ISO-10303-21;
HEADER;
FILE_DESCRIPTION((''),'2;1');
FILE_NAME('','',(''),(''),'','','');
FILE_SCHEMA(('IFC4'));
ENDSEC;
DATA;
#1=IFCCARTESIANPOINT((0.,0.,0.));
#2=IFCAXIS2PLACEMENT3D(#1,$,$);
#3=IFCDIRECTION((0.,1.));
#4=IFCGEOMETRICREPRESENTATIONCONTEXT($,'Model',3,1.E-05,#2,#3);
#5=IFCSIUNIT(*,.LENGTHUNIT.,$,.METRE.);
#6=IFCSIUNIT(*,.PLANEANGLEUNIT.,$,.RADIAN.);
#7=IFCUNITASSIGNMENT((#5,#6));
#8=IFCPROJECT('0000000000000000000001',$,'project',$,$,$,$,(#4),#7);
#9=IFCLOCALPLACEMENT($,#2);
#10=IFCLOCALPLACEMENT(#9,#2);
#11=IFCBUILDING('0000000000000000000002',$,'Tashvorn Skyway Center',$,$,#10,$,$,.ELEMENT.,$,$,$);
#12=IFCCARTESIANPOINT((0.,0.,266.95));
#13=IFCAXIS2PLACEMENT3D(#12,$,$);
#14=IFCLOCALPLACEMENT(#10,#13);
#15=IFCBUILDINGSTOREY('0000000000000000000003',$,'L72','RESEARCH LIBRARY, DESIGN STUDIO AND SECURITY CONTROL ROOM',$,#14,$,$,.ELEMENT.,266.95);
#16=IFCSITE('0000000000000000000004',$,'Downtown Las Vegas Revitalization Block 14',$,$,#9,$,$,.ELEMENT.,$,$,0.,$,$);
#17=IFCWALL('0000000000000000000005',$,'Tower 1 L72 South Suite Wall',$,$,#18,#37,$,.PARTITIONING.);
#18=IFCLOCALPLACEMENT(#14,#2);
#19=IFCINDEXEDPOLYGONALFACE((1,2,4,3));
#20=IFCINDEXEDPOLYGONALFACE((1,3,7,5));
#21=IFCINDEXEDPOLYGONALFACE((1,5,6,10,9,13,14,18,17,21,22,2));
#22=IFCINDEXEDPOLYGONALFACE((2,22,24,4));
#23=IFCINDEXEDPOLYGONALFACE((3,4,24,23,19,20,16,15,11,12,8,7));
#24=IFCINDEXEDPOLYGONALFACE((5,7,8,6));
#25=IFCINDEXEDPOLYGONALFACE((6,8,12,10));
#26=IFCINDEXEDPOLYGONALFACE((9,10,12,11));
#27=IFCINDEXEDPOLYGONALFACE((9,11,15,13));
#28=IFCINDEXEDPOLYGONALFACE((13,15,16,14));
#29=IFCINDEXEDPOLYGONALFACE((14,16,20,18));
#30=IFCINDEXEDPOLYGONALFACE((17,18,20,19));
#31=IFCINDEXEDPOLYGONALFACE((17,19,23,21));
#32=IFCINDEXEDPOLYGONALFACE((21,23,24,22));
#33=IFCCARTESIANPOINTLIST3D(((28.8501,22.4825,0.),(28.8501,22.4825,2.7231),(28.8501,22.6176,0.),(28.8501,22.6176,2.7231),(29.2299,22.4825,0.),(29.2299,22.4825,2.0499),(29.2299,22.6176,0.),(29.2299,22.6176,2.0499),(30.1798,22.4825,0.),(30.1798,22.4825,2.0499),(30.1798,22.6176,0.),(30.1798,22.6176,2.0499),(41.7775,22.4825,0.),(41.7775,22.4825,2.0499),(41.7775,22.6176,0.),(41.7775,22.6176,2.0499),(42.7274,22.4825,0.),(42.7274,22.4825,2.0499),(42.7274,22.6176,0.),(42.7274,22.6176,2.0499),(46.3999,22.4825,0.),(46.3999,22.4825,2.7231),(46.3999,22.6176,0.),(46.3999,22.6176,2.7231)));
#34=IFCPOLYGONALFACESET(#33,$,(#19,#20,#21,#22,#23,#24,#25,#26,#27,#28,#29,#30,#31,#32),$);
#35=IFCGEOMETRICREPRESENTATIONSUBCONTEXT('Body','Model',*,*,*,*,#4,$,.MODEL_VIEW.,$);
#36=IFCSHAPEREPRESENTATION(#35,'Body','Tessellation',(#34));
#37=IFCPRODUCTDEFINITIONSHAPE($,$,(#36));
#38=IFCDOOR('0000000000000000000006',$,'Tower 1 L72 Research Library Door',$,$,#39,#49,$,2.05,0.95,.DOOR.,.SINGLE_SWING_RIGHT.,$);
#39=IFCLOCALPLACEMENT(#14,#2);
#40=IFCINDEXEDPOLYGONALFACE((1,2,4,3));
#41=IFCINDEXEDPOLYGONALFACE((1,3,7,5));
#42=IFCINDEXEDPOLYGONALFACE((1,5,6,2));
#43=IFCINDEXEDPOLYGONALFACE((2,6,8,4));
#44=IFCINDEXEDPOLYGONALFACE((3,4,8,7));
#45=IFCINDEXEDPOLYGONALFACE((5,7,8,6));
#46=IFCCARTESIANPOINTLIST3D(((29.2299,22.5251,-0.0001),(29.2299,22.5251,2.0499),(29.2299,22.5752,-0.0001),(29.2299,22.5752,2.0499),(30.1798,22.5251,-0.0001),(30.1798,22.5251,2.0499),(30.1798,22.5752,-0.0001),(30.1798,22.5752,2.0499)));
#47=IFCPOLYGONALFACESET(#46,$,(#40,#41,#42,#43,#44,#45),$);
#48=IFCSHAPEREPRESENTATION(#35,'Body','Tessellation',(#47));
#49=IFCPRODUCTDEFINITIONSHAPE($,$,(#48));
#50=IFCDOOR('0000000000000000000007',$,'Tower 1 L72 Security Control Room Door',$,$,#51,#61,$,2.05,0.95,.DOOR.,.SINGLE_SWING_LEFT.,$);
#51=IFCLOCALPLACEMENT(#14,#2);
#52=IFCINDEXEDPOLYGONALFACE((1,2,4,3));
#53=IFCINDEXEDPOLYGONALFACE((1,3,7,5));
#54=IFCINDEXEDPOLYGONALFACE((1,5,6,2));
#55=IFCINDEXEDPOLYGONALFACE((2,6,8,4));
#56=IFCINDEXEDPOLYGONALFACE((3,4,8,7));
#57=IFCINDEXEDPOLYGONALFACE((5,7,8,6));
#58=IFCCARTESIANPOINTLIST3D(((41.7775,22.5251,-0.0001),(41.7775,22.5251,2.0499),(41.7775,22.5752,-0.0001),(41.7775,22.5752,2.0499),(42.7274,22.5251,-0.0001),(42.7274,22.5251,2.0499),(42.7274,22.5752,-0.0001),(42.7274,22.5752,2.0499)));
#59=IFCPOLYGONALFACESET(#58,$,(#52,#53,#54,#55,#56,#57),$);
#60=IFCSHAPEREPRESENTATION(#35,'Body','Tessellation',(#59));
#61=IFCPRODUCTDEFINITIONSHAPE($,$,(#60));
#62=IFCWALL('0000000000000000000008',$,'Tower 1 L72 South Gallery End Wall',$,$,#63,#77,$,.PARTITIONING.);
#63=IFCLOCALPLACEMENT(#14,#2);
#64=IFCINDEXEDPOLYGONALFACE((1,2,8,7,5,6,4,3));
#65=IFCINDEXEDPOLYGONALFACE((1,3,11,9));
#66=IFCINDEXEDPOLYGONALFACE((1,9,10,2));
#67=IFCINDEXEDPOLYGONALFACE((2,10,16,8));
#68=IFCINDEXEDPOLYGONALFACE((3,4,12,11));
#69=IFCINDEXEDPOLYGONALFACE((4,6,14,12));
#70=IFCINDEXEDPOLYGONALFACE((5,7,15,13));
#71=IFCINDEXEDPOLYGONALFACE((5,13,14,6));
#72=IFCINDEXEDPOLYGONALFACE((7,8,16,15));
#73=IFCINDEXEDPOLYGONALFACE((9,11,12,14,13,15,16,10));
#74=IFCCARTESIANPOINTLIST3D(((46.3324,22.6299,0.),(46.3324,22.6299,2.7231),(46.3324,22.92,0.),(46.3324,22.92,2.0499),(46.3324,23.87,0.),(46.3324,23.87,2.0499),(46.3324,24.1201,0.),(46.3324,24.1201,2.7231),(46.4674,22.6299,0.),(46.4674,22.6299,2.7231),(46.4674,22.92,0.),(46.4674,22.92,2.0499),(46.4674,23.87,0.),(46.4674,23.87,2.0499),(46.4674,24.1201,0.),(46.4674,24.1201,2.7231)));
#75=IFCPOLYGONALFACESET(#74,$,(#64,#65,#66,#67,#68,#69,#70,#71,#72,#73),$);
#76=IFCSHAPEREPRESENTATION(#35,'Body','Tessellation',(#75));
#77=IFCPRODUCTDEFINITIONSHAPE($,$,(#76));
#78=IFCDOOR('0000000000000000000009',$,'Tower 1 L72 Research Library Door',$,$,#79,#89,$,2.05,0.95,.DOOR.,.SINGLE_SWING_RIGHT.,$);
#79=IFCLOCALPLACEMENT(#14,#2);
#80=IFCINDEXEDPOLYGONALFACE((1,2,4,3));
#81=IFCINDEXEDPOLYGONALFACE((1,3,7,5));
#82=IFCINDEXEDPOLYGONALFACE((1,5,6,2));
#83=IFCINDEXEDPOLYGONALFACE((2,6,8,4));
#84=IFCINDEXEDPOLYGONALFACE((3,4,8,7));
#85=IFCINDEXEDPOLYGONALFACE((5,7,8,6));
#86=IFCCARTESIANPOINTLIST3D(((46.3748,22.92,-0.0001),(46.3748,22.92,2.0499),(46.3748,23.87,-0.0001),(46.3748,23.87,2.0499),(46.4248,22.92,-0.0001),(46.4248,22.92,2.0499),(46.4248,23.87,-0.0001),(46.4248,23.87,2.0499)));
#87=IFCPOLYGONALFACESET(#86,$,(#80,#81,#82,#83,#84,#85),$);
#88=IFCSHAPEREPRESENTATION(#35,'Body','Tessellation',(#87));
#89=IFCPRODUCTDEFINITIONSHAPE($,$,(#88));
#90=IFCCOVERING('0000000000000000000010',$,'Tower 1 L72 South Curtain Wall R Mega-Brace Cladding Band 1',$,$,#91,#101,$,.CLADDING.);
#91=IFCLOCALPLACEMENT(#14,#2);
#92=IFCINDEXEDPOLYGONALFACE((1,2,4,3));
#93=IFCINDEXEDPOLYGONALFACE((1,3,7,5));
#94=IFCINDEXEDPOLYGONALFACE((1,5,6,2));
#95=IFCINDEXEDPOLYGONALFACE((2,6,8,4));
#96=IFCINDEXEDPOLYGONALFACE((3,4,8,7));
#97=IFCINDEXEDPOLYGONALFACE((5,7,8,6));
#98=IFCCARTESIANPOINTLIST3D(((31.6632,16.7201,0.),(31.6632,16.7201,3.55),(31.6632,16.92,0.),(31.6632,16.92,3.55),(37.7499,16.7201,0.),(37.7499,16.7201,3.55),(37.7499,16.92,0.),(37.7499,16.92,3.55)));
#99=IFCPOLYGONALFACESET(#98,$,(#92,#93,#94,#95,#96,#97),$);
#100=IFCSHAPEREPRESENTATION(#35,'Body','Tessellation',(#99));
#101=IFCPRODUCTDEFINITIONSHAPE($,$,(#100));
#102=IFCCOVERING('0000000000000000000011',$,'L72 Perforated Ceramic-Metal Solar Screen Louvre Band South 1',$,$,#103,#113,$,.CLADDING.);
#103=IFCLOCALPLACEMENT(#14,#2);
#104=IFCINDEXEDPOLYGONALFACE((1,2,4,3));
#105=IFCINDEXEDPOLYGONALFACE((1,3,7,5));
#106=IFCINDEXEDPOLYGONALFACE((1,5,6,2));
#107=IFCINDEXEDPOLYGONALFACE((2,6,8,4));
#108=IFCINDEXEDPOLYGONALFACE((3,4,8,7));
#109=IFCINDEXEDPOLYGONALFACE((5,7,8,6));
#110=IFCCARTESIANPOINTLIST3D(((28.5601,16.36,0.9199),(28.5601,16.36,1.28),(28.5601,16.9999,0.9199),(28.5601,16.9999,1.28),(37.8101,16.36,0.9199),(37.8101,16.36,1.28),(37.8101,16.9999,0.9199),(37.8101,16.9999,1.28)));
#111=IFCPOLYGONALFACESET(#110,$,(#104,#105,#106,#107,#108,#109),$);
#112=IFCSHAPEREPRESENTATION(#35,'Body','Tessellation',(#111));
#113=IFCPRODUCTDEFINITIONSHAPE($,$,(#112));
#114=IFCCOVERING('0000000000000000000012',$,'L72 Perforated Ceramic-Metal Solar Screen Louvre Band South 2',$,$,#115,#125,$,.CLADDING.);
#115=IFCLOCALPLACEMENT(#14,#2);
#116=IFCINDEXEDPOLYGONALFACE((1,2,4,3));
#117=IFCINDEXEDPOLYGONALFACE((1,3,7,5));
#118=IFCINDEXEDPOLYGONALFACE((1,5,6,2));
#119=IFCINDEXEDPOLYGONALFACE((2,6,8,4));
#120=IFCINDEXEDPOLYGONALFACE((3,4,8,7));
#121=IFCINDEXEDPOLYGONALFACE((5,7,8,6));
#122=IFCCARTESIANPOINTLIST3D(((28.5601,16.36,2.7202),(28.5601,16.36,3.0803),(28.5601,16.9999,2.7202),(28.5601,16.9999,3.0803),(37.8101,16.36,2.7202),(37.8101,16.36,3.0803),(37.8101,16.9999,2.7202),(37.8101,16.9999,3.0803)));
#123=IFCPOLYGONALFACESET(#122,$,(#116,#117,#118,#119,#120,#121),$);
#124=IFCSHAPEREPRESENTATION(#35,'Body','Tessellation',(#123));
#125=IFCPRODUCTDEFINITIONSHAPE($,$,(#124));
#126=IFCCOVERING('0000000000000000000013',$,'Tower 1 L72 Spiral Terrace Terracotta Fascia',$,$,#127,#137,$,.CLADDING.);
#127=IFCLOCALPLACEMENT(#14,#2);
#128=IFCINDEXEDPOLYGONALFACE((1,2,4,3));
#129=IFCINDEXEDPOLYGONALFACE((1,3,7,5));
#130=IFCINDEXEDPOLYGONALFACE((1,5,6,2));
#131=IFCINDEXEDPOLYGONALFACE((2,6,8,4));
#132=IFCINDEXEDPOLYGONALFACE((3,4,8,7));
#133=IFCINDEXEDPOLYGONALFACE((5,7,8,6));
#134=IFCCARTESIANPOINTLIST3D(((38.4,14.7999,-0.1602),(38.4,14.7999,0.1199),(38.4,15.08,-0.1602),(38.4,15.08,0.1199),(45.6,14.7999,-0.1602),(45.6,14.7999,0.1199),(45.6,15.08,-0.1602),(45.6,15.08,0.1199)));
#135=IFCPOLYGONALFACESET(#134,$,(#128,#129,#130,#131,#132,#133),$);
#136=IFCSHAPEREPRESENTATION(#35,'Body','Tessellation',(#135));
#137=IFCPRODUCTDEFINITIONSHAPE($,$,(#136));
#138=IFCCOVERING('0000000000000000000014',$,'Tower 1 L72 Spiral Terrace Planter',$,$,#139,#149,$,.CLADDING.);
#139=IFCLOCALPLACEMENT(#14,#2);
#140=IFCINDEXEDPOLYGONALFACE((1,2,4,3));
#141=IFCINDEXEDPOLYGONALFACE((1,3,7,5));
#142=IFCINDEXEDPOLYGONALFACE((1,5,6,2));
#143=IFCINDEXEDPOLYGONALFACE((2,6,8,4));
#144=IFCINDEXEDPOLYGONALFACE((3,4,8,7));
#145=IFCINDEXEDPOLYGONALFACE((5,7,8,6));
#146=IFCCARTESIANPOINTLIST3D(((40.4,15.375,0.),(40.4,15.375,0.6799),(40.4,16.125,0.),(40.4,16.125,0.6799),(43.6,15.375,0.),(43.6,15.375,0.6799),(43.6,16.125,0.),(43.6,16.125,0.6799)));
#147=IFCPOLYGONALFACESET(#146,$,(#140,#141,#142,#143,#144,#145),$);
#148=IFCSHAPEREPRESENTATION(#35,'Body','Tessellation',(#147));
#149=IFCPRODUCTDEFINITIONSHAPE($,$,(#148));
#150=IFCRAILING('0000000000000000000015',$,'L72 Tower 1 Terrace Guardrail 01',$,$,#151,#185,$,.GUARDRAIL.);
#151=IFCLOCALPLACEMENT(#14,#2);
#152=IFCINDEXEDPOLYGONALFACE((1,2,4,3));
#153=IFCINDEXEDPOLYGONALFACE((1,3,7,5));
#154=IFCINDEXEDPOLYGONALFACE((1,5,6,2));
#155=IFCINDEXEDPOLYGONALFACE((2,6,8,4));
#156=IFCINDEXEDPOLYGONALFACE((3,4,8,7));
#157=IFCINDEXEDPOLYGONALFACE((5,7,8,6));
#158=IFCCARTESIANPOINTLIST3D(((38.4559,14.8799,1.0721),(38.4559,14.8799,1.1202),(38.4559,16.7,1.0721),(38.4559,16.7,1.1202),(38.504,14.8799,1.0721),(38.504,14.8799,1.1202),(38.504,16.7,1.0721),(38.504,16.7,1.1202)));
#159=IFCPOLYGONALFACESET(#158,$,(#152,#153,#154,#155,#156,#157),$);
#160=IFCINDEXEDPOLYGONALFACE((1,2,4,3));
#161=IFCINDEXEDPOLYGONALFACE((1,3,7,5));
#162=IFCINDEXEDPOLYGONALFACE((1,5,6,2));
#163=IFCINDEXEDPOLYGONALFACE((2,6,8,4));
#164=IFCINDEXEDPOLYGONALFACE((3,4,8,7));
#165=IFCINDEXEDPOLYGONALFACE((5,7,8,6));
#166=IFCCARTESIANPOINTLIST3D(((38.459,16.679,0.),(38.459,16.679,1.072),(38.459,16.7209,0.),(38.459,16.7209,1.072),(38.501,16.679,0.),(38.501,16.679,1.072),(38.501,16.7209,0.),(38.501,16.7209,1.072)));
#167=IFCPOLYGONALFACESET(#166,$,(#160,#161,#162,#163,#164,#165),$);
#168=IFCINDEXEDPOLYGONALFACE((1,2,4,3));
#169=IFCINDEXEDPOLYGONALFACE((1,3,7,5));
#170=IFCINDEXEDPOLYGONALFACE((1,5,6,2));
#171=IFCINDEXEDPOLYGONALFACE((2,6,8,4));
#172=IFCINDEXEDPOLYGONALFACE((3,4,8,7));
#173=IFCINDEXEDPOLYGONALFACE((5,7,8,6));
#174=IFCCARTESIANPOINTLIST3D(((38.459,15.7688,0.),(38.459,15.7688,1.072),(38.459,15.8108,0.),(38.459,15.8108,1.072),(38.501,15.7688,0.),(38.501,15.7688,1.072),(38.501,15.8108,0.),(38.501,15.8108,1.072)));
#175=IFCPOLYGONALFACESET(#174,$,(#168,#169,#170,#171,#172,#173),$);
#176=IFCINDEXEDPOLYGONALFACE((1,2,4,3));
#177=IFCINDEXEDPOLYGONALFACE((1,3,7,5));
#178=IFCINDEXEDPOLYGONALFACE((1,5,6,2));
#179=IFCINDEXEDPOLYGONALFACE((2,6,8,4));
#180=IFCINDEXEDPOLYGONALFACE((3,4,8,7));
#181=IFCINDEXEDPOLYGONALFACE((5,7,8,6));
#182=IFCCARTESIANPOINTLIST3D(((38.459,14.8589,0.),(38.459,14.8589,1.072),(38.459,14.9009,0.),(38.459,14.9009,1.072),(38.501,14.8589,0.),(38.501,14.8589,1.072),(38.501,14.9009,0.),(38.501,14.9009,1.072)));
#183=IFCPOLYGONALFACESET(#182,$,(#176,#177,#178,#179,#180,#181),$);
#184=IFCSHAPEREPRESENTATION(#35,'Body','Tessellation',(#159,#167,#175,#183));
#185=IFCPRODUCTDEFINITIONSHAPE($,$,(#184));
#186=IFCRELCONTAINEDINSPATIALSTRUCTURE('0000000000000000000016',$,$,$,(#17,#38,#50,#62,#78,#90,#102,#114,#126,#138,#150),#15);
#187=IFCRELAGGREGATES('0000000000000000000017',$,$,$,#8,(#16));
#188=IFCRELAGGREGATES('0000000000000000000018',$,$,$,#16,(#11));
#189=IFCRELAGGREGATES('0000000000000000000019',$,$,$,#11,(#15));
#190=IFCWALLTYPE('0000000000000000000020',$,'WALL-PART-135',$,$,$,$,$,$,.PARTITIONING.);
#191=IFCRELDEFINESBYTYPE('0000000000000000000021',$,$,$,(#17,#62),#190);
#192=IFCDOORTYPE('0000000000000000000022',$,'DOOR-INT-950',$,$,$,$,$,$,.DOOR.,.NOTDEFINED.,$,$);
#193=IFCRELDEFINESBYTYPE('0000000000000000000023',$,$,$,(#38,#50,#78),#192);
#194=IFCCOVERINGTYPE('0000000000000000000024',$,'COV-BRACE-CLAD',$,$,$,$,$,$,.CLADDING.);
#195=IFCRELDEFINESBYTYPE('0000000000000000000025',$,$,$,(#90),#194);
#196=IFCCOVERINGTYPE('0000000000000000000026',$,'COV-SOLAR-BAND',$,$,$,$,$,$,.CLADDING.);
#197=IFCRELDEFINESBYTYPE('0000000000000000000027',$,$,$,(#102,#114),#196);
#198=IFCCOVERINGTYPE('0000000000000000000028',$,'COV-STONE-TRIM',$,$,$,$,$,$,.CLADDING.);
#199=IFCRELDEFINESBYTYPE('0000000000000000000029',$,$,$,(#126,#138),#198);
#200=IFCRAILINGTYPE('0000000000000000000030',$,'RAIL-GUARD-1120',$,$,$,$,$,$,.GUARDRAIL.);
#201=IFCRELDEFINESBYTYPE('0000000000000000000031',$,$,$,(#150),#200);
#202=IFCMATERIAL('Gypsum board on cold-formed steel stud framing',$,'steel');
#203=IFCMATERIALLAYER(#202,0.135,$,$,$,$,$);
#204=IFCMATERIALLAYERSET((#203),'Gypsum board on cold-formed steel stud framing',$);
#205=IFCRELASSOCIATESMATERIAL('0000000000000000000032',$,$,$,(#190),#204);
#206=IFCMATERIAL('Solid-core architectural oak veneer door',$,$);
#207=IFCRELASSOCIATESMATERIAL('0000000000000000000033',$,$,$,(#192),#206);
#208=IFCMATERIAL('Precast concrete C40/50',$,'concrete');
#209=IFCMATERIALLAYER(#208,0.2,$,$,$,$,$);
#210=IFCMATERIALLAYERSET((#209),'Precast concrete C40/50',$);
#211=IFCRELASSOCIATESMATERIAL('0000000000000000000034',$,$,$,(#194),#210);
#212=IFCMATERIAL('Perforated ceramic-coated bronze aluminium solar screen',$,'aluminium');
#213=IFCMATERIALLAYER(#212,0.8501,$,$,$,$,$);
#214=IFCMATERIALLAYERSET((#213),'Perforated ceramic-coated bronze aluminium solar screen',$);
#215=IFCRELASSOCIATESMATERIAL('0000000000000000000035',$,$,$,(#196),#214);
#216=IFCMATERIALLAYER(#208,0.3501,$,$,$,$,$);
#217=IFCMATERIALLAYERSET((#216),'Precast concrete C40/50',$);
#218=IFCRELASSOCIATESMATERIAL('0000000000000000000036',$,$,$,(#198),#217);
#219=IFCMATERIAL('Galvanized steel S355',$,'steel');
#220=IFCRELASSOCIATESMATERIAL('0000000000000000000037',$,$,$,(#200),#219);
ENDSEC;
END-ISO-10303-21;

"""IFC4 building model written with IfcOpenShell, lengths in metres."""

from ifc_helpers import new_model, si_unit, direction, frame, frame_2d, origin, origin_2d, place, context, subcontext, project, spatial, rectangle, extrude, material, layer, layer_set, type_object, element, fill, save


model = new_model("IFC4")

# Units and contexts
model_context = context("Model", 3, precision=1e-05, world=origin(), true_north=direction((0.0, 1.0)))
body_context = subcontext(model_context, "Body", "Model", "MODEL_VIEW")
ifc_project = project(units=[si_unit("LENGTHUNIT", "METRE"), si_unit("PLANEANGLEUNIT", "RADIAN")], contexts=[model_context])

# Site, building, storey
site_placement = place(None, origin())
site = spatial("IfcSite", under=ifc_project, at=site_placement, Name="Downtown Las Vegas Revitalization Block 14", CompositionType="ELEMENT", RefElevation=0.0)
building_placement = place(site_placement, origin())
building = spatial("IfcBuilding", under=site, at=building_placement, Name="Tashvorn Skyway Center", CompositionType="ELEMENT")
storey_placement = place(building_placement, frame((0.0, 0.0, 266.95)))
storey = spatial("IfcBuildingStorey", under=building, at=storey_placement, Name="L72", Description="RESEARCH LIBRARY, DESIGN STUDIO AND SECURITY CONTROL ROOM", CompositionType="ELEMENT", Elevation=266.95)

# Shared definitions
ifc_material_1 = material(Name="Precast concrete C40/50", Category="concrete")

# Shared definitions
ifc_material_2 = material(Name="Gypsum board on cold-formed steel stud framing", Category="steel")

# Wall, openings, doors
ifc_layer_1 = layer(ifc_material_2, 0.135)
ifc_layer_set_1 = layer_set([ifc_layer_1], Name="Gypsum board on cold-formed steel stud framing")
wall_type_1 = type_object("IfcWallType", Name="WALL-PART-135", PredefinedType="PARTITIONING", material=ifc_layer_set_1)
wall_1_placement = place(storey_placement, frame((46.3999, 22.55, 0.0), z_axis=(0.0, 0.0, 1.0), x_axis=(-1.0, 0.0, 0.0)))
wall_1 = element("IfcWall", 1, at=wall_1_placement, inside=storey, type_object=wall_type_1, Name="Tower 1 L72 South Suite Wall", PredefinedType="PARTITIONING", context=body_context, shape_type="SweptSolid", body=[
    extrude(rectangle(XDim=17.5498, YDim=0.135, at=frame_2d((8.7749, 0.0))), origin(), (0.0, 0.0, 1.0), 2.7231),
])
opening_1_placement = place(wall_1_placement, frame((16.22, 0.0, 0.0)))
opening_1 = element("IfcOpeningElement", 2, at=opening_1_placement, cuts=wall_1, PredefinedType="OPENING", context=body_context, shape_type="SweptSolid", body=[
    extrude(rectangle(XDim=0.95, YDim=2.05, at=frame_2d((0.4751, 1.0249))), frame((0.0, 0.0774, 0.0), z_axis=(0.0, -1.0, 0.0), x_axis=(1.0, 0.0, 0.0)), (0.0, 0.0, 1.0), 0.155),
])
opening_2_placement = place(wall_1_placement, frame((3.6724, 0.0, 0.0)))
opening_2 = element("IfcOpeningElement", 3, at=opening_2_placement, cuts=wall_1, PredefinedType="OPENING", context=body_context, shape_type="SweptSolid", body=[
    extrude(rectangle(XDim=0.95, YDim=2.05, at=frame_2d((0.4751, 1.0249))), frame((0.0, 0.0774, 0.0), z_axis=(0.0, -1.0, 0.0), x_axis=(1.0, 0.0, 0.0)), (0.0, 0.0, 1.0), 0.155),
])
ifc_material_3 = material(Name="Solid-core architectural oak veneer door")
door_type_1 = type_object("IfcDoorType", Name="DOOR-INT-950", OperationType="NOTDEFINED", PredefinedType="DOOR", material=ifc_material_3)
door_1_placement = place(opening_1_placement, origin())
door_1 = element("IfcDoor", 4, at=door_1_placement, inside=storey, type_object=door_type_1, Name="Tower 1 L72 Research Library Door", OperationType="SINGLE_SWING_RIGHT", OverallHeight=2.05, OverallWidth=0.95, PredefinedType="DOOR", context=body_context, shape_type="SweptSolid", body=[
    extrude(rectangle(XDim=0.95, YDim=2.05, at=frame_2d((0.4751, 1.0249))), frame((0.0, 0.0249, 0.0), z_axis=(0.0, -1.0, 0.0), x_axis=(1.0, 0.0, 0.0)), (0.0, 0.0, 1.0), 0.05),
])
fill(opening_1, door_1)
door_2_placement = place(opening_2_placement, origin())
door_2 = element("IfcDoor", 5, at=door_2_placement, inside=storey, type_object=door_type_1, Name="Tower 1 L72 Security Control Room Door", OperationType="SINGLE_SWING_LEFT", OverallHeight=2.05, OverallWidth=0.95, PredefinedType="DOOR", context=body_context, shape_type="SweptSolid", body=[
    extrude(rectangle(XDim=0.95, YDim=2.05, at=frame_2d((0.4751, 1.0249))), frame((0.0, 0.0249, 0.0), z_axis=(0.0, -1.0, 0.0), x_axis=(1.0, 0.0, 0.0)), (0.0, 0.0, 1.0), 0.05),
])
fill(opening_2, door_2)

# Wall, opening, door
wall_2_placement = place(storey_placement, frame((46.3999, 24.1201, 0.0), z_axis=(0.0, 0.0, 1.0), x_axis=(0.0, -1.0, 0.0)))
wall_2 = element("IfcWall", 6, at=wall_2_placement, inside=storey, type_object=wall_type_1, Name="Tower 1 L72 South Gallery End Wall", PredefinedType="PARTITIONING", context=body_context, shape_type="SweptSolid", body=[
    extrude(rectangle(XDim=1.4902, YDim=0.135, at=frame_2d((0.7451, 0.0))), origin(), (0.0, 0.0, 1.0), 2.7231),
])
opening_3_placement = place(wall_2_placement, frame((0.25, 0.0, 0.0)))
opening_3 = element("IfcOpeningElement", 7, at=opening_3_placement, cuts=wall_2, PredefinedType="OPENING", context=body_context, shape_type="SweptSolid", body=[
    extrude(rectangle(XDim=0.95, YDim=2.05, at=frame_2d((0.4751, 1.0249))), frame((0.0, 0.0774, 0.0), z_axis=(0.0, -1.0, 0.0), x_axis=(1.0, 0.0, 0.0)), (0.0, 0.0, 1.0), 0.155),
])
door_3_placement = place(opening_3_placement, origin())
door_3 = element("IfcDoor", 8, at=door_3_placement, inside=storey, type_object=door_type_1, Name="Tower 1 L72 Research Library Door", OperationType="SINGLE_SWING_RIGHT", OverallHeight=2.05, OverallWidth=0.95, PredefinedType="DOOR", context=body_context, shape_type="SweptSolid", body=[
    extrude(rectangle(XDim=0.95, YDim=2.05, at=frame_2d((0.4751, 1.0249))), frame((0.0, 0.0249, 0.0), z_axis=(0.0, -1.0, 0.0), x_axis=(1.0, 0.0, 0.0)), (0.0, 0.0, 1.0), 0.05),
])
fill(opening_3, door_3)

# Coverings
ifc_layer_2 = layer(ifc_material_1, 0.2)
ifc_layer_set_2 = layer_set([ifc_layer_2], Name="Precast concrete C40/50")
covering_type_1 = type_object("IfcCoveringType", Name="COV-BRACE-CLAD", PredefinedType="CLADDING", material=ifc_layer_set_2)
covering_1_placement = place(storey_placement, frame((34.7065, 16.8201, 0.0), z_axis=(0.0, 0.0, 1.0), x_axis=(-1.0, 0.0, 0.0)))
element("IfcCovering", 9, at=covering_1_placement, inside=storey, type_object=covering_type_1, Name="Tower 1 L72 South Curtain Wall R Mega-Brace Cladding Band 1", PredefinedType="CLADDING", context=body_context, shape_type="SweptSolid", body=[
    extrude(rectangle(XDim=6.0867, YDim=0.2, at=origin_2d()), origin(), (0.0, 0.0, 1.0), 3.55),
])
ifc_material_4 = material(Name="Perforated ceramic-coated bronze aluminium solar screen", Category="aluminium")
ifc_layer_3 = layer(ifc_material_4, 0.8501)
ifc_layer_set_3 = layer_set([ifc_layer_3], Name="Perforated ceramic-coated bronze aluminium solar screen")
covering_type_2 = type_object("IfcCoveringType", Name="COV-SOLAR-BAND", PredefinedType="CLADDING", material=ifc_layer_set_3)
for number, where, z_axis, x_axis, name in (
    (10, (33.1851, 16.6799, 0.9199), (0.0, 0.0, 1.0), (-1.0, 0.0, 0.0), "L72 Perforated Ceramic-Metal Solar Screen Louvre Band South 1"),
    (11, (33.1851, 16.6799, 2.7202), (0.0, 0.0, 1.0), (-1.0, 0.0, 0.0), "L72 Perforated Ceramic-Metal Solar Screen Louvre Band South 2"),
):
    element("IfcCovering", number, at=place(storey_placement, frame(where, z_axis=z_axis, x_axis=x_axis)), inside=storey, type_object=covering_type_2, Name=name, PredefinedType="CLADDING", context=body_context, shape_type="SweptSolid", body=[
        extrude(rectangle(XDim=9.25, YDim=0.6399, at=origin_2d()), origin(), (0.0, 0.0, 1.0), 0.3601),
    ])
ifc_layer_4 = layer(ifc_material_1, 0.3501)
ifc_layer_set_4 = layer_set([ifc_layer_4], Name="Precast concrete C40/50")
covering_type_3 = type_object("IfcCoveringType", Name="COV-STONE-TRIM", PredefinedType="CLADDING", material=ifc_layer_set_4)
covering_2_placement = place(storey_placement, frame((42.0, 14.9399, -0.1602), z_axis=(0.0, 0.0, 1.0), x_axis=(-1.0, 0.0, 0.0)))
element("IfcCovering", 12, at=covering_2_placement, inside=storey, type_object=covering_type_3, Name="Tower 1 L72 Spiral Terrace Terracotta Fascia", PredefinedType="CLADDING", context=body_context, shape_type="SweptSolid", body=[
    extrude(rectangle(XDim=7.2, YDim=0.28, at=origin_2d()), origin(), (0.0, 0.0, 1.0), 0.28),
])
covering_3_placement = place(storey_placement, frame((42.0, 15.75, 0.0), z_axis=(0.0, 0.0, 1.0), x_axis=(-1.0, 0.0, 0.0)))
element("IfcCovering", 13, at=covering_3_placement, inside=storey, type_object=covering_type_3, Name="Tower 1 L72 Spiral Terrace Planter", PredefinedType="CLADDING", context=body_context, shape_type="SweptSolid", body=[
    extrude(rectangle(XDim=3.2, YDim=0.75, at=origin_2d()), origin(), (0.0, 0.0, 1.0), 0.6799),
])

# Railing
ifc_material_5 = material(Name="Galvanized steel S355", Category="steel")
railing_type = type_object("IfcRailingType", Name="RAIL-GUARD-1120", PredefinedType="GUARDRAIL", material=ifc_material_5)
railing_1_placement = place(storey_placement, frame((38.48, 16.7, 0.0)))
element("IfcRailing", 14, at=railing_1_placement, inside=storey, type_object=railing_type, Name="L72 Tower 1 Terrace Guardrail 01", PredefinedType="GUARDRAIL", context=body_context, shape_type="SweptSolid", body=[
    extrude(rectangle(XDim=0.0481, YDim=0.0481, at=origin_2d()), frame((0.0, 0.0, 1.0962), z_axis=(0.0, -1.0, 0.0), x_axis=(1.0, 0.0, 0.0)), (0.0, 0.0, 1.0), 1.8201),
    extrude(rectangle(XDim=0.042, YDim=0.042, at=origin_2d()), origin(), (0.0, 0.0, 1.0), 1.072),
    extrude(rectangle(XDim=0.042, YDim=0.042, at=origin_2d()), frame((0.0, -0.9102, 0.0)), (0.0, 0.0, 1.0), 1.072),
    extrude(rectangle(XDim=0.042, YDim=0.042, at=origin_2d()), frame((0.0, -1.8201, 0.0)), (0.0, 0.0, 1.0), 1.072),
])

save(model, "model.ifc")
